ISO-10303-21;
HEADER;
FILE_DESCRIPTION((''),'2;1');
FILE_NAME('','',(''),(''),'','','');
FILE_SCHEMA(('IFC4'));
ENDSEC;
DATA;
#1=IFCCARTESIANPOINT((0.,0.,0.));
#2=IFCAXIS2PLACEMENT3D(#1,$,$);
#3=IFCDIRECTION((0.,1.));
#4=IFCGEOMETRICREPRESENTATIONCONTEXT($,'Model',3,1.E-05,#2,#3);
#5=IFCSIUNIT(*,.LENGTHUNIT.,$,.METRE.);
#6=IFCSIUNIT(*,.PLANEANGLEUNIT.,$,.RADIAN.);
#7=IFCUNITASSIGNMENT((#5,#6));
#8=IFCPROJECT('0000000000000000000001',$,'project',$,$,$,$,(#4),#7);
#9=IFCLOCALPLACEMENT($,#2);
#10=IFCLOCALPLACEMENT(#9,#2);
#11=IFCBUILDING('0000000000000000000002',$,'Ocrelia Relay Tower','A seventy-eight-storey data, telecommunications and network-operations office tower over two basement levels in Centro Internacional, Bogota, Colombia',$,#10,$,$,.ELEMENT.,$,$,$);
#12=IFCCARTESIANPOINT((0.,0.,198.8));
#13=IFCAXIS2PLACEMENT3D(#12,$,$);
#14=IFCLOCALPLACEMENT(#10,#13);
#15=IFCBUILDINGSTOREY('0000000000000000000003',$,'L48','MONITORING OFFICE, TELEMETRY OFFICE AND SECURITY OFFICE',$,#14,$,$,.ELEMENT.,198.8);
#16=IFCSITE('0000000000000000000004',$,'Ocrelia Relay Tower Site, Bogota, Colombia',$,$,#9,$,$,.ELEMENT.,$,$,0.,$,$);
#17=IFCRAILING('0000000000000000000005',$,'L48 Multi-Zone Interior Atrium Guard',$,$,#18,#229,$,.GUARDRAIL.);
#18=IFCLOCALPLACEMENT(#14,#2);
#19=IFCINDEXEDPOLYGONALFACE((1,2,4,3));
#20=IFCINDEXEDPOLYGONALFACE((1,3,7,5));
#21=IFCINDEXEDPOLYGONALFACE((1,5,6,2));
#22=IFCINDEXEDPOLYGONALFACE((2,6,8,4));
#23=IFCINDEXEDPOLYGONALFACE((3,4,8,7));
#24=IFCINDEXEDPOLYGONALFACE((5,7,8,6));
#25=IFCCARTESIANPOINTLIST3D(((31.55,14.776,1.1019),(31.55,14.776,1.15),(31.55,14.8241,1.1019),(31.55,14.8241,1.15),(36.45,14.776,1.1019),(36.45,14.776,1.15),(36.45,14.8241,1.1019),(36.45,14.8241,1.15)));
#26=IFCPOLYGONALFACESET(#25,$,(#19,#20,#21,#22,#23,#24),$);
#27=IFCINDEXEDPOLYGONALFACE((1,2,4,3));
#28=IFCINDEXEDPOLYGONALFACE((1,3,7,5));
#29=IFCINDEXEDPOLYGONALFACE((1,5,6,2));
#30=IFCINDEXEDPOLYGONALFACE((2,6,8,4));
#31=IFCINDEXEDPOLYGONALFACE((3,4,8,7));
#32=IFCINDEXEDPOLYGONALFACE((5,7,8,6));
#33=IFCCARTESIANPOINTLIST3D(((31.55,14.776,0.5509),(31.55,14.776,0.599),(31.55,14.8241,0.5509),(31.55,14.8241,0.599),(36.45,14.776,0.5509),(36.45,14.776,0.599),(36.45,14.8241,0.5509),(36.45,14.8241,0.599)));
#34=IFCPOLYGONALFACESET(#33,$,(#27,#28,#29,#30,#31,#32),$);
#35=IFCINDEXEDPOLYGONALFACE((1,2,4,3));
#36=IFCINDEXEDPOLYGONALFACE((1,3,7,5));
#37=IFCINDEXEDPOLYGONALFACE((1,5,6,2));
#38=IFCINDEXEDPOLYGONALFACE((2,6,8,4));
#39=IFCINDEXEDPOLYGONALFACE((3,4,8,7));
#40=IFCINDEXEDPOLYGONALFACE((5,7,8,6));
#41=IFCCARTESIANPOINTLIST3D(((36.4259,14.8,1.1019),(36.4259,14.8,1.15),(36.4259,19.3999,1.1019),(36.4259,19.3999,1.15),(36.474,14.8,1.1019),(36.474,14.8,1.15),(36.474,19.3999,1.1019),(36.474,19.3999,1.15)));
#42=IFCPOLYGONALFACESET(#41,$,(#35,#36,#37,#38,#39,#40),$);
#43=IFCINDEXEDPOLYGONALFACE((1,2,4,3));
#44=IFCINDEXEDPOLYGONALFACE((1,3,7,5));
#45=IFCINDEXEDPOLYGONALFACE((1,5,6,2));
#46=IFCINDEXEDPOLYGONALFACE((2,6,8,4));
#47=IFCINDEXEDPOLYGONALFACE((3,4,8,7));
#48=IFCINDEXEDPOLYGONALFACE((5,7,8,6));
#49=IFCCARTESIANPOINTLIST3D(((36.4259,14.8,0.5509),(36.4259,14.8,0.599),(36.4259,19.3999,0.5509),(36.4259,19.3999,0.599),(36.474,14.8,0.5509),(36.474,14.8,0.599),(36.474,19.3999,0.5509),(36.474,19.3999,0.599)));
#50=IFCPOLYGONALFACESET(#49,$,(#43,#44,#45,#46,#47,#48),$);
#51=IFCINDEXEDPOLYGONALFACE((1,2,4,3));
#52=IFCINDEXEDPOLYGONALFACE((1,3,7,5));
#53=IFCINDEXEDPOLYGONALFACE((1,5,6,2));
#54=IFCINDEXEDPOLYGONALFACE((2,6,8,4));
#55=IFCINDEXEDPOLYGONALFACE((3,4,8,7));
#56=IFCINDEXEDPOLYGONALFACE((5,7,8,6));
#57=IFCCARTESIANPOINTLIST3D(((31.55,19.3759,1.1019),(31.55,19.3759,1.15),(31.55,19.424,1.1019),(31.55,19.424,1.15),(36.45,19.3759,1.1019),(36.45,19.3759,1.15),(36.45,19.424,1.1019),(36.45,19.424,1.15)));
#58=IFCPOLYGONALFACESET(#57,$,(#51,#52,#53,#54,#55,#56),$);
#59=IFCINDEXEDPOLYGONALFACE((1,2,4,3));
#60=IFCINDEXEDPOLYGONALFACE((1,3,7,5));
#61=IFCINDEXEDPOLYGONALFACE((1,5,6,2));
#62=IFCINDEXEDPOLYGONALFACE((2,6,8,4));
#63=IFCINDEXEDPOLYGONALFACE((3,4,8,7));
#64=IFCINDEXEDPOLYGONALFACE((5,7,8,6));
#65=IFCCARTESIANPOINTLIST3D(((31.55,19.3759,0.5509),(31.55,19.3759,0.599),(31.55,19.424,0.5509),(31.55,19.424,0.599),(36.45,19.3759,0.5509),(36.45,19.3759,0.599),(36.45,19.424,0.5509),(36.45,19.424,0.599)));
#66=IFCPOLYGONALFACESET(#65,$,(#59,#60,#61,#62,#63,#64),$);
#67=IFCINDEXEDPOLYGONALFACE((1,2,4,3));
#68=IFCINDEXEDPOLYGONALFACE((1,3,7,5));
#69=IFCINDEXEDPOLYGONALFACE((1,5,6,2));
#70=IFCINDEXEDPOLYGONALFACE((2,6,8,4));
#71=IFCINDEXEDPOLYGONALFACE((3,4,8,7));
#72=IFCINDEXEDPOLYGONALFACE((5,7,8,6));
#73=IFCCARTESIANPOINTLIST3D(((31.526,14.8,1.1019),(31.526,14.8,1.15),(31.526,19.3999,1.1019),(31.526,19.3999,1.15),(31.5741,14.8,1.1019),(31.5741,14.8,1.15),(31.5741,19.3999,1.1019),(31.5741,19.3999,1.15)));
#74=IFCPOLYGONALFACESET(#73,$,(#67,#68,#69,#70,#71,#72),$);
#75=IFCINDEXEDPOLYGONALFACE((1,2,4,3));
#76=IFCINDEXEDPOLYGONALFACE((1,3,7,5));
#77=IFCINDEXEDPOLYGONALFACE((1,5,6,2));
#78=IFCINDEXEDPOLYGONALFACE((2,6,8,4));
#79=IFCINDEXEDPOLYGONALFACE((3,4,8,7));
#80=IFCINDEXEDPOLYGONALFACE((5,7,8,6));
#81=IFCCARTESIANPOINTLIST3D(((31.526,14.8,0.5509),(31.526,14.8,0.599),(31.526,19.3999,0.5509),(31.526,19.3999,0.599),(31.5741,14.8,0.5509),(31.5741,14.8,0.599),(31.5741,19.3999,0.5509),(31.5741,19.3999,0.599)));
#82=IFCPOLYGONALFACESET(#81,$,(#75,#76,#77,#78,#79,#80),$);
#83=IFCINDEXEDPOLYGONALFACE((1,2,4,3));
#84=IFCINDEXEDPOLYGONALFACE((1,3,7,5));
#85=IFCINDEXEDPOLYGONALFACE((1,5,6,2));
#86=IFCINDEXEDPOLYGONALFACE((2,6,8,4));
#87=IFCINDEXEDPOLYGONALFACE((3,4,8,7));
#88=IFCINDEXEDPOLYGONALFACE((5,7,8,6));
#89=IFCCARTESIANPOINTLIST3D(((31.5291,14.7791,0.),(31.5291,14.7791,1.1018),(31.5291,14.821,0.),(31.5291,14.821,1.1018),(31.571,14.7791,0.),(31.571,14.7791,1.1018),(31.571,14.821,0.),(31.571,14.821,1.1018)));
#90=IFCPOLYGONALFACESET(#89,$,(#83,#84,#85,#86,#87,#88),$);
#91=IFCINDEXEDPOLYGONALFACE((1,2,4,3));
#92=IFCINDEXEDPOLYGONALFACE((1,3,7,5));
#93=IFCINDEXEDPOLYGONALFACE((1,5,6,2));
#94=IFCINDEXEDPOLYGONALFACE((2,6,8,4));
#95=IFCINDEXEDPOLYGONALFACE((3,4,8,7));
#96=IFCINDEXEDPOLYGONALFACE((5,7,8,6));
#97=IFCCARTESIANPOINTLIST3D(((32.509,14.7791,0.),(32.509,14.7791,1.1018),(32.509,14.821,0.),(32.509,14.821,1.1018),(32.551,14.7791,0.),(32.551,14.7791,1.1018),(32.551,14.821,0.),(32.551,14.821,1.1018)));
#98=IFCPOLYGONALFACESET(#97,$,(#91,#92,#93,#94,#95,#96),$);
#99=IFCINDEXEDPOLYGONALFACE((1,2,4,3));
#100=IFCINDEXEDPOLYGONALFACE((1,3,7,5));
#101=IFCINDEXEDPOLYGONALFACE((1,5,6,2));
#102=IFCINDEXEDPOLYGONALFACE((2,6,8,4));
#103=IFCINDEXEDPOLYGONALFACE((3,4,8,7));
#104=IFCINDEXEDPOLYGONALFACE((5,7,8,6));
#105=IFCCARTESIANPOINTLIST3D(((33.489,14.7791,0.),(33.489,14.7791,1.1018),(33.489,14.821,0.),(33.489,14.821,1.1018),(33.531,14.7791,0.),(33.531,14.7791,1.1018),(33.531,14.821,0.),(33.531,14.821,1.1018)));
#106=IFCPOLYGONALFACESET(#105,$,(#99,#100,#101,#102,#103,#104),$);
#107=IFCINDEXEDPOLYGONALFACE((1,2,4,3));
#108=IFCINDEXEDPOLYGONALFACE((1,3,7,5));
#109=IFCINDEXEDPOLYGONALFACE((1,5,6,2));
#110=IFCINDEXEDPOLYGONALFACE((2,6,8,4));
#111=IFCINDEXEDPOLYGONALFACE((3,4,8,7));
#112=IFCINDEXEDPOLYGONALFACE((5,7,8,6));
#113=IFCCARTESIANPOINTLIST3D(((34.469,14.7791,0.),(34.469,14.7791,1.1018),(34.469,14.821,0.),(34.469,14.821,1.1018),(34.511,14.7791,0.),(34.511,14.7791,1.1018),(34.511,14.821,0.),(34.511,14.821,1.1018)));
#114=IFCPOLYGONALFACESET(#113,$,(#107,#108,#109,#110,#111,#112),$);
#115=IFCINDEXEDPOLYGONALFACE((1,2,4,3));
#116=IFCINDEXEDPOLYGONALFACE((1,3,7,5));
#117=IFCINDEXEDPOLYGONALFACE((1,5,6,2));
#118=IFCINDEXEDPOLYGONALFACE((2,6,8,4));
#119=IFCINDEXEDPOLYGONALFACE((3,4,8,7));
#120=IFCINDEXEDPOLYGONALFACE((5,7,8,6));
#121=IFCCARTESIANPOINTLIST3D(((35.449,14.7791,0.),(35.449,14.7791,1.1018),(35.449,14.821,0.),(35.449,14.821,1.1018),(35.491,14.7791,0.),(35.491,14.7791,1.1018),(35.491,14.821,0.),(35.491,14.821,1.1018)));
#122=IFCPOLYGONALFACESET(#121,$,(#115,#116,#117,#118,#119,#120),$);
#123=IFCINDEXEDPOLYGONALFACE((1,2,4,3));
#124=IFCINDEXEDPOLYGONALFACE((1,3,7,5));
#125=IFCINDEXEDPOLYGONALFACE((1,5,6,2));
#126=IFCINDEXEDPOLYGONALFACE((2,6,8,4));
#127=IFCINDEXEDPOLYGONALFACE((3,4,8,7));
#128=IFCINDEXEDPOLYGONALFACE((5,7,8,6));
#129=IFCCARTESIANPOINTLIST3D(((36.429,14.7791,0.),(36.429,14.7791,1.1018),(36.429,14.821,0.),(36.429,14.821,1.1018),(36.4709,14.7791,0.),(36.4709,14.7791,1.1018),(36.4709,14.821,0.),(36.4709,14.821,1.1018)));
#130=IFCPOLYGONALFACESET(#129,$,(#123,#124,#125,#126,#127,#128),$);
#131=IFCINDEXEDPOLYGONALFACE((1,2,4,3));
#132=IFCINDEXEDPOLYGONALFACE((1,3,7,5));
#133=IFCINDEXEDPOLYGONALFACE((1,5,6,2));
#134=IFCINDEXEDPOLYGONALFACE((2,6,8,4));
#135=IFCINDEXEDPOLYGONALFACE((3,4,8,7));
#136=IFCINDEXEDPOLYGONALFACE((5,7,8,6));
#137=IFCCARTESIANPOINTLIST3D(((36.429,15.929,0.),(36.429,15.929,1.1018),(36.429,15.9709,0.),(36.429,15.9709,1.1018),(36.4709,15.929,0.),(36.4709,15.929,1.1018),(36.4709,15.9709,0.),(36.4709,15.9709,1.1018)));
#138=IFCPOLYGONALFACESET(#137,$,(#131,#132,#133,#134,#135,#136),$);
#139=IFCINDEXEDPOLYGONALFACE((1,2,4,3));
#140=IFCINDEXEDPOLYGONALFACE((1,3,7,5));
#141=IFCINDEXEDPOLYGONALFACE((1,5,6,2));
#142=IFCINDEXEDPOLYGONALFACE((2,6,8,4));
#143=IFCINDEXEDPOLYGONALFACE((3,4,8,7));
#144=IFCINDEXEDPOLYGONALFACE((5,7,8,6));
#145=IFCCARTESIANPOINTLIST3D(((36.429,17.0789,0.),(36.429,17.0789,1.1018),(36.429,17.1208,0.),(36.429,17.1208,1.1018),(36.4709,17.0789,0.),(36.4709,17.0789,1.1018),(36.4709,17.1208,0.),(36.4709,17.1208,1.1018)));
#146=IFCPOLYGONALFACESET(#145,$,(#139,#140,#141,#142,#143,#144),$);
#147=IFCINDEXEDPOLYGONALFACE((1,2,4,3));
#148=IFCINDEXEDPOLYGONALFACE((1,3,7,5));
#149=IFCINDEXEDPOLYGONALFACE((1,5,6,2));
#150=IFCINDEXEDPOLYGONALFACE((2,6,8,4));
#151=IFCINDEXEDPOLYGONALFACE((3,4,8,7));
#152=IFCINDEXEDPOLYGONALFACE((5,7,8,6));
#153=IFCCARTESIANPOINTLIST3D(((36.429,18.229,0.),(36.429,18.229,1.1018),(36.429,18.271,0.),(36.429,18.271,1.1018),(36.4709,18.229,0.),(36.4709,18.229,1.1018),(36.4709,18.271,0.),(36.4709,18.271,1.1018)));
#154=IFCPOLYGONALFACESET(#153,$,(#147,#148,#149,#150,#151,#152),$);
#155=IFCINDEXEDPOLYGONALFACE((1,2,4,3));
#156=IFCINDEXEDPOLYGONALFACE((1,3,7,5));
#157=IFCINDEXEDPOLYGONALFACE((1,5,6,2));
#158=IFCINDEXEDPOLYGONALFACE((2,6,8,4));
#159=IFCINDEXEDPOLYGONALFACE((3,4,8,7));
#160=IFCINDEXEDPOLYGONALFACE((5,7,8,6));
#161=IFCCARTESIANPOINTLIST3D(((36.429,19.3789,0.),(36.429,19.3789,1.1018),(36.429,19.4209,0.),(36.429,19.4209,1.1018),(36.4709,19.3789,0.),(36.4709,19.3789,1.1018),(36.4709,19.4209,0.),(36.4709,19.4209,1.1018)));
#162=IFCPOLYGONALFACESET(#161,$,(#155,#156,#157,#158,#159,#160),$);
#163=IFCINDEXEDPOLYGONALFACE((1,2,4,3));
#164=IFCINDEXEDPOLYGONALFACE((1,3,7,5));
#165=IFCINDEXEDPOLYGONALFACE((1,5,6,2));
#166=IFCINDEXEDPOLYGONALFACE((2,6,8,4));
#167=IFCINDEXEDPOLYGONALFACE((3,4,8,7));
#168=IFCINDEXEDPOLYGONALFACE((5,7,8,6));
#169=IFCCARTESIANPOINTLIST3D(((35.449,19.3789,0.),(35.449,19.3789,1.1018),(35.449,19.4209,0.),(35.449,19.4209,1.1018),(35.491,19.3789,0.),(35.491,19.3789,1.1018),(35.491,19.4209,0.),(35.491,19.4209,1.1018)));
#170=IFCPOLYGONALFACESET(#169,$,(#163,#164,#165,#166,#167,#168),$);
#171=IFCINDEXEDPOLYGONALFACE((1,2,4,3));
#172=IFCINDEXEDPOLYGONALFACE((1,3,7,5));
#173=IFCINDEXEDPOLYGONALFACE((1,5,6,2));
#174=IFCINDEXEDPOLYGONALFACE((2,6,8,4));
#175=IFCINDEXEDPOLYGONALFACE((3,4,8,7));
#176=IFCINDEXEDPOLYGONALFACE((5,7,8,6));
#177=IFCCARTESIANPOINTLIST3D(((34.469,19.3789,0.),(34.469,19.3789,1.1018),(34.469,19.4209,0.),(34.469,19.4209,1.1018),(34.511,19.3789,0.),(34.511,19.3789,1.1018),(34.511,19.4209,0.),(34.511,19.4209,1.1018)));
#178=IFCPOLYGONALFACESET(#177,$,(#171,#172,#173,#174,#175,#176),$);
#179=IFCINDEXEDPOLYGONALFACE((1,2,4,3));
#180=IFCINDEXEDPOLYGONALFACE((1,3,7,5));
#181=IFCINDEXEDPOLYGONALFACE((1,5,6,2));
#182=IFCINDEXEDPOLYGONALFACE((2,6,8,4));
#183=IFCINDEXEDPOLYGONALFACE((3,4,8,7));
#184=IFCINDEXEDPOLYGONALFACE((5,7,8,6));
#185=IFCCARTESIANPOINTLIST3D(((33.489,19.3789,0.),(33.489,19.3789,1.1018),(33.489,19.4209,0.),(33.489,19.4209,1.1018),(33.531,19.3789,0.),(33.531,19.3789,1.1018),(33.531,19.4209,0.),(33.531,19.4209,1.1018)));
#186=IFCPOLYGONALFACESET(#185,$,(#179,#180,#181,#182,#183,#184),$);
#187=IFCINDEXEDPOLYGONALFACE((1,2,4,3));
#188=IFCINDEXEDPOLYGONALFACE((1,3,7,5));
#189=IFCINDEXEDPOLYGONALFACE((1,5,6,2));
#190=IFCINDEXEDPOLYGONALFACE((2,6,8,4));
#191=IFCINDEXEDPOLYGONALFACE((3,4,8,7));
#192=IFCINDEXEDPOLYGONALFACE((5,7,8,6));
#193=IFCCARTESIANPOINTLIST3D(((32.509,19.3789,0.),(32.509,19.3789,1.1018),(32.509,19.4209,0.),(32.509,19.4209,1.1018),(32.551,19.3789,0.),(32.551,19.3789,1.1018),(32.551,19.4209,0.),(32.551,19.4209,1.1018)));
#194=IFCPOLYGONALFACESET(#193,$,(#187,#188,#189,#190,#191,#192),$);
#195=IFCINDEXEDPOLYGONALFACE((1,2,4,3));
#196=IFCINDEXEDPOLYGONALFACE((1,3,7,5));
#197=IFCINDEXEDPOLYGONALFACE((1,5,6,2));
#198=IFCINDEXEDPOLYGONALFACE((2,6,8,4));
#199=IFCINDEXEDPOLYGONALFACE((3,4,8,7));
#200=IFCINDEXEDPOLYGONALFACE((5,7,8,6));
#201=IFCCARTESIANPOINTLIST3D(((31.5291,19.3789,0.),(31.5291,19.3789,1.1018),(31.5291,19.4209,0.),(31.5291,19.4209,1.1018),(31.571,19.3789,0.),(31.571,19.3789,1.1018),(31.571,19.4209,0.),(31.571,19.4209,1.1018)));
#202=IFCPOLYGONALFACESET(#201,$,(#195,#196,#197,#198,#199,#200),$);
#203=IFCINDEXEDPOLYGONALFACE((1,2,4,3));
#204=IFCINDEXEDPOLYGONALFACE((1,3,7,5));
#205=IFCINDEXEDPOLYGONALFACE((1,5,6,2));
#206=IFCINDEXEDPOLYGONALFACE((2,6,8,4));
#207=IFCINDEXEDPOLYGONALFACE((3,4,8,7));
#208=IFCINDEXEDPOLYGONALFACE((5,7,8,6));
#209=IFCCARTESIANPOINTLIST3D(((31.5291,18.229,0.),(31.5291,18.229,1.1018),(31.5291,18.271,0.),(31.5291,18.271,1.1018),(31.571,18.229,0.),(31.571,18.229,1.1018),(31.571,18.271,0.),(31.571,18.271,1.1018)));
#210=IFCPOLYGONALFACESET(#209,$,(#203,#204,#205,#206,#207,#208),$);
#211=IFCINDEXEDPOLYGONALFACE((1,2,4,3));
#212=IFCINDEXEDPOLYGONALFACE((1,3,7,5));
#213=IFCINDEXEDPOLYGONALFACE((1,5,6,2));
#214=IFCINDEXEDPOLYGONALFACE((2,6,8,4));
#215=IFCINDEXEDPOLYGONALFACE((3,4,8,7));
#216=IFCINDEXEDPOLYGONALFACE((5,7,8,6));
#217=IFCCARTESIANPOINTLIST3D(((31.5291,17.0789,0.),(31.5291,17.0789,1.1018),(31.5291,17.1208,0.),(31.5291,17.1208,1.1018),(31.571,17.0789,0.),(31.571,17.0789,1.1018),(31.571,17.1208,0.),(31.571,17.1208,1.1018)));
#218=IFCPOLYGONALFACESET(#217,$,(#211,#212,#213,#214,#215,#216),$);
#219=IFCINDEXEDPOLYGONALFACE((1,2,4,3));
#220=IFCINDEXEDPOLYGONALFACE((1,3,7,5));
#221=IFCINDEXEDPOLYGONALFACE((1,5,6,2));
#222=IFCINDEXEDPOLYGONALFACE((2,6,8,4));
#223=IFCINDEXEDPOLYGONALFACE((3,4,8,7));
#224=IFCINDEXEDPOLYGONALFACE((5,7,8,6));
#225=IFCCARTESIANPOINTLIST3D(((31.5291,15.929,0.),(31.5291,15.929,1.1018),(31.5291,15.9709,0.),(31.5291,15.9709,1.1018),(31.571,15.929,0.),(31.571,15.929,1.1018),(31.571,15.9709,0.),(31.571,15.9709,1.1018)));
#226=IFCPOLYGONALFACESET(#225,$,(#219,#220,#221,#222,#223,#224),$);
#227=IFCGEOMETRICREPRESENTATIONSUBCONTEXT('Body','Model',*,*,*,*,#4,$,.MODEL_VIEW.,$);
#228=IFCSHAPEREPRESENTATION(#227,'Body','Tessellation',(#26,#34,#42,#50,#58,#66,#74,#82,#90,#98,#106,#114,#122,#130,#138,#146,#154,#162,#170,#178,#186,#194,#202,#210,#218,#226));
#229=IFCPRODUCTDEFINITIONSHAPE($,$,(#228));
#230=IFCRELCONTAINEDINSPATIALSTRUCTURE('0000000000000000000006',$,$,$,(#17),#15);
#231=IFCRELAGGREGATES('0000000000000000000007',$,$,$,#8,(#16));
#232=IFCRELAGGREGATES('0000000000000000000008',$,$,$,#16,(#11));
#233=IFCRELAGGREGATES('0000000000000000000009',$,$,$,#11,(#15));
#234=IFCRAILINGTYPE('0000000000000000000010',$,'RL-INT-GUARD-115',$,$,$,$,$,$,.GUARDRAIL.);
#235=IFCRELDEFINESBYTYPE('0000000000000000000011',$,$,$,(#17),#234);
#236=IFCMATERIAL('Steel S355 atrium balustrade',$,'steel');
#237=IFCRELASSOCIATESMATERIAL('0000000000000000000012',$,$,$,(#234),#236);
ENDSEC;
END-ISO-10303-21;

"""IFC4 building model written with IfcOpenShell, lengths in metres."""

from ifc_helpers import new_model, si_unit, direction, frame, origin, origin_2d, place, context, subcontext, project, spatial, rectangle, extrude, material, type_object, element, save


model = new_model("IFC4")

# Units and contexts
model_context = context("Model", 3, precision=1e-05, world=origin(), true_north=direction((0.0, 1.0)))
body_context = subcontext(model_context, "Body", "Model", "MODEL_VIEW")
ifc_project = project(units=[si_unit("LENGTHUNIT", "METRE"), si_unit("PLANEANGLEUNIT", "RADIAN")], contexts=[model_context])

# Site, building, storey
site_placement = place(None, origin())
site = spatial("IfcSite", under=ifc_project, at=site_placement, Name="Ocrelia Relay Tower Site, Bogota, Colombia", CompositionType="ELEMENT", RefElevation=0.0)
building_placement = place(site_placement, origin())
building = spatial("IfcBuilding", under=site, at=building_placement, Name="Ocrelia Relay Tower", Description="A seventy-eight-storey data, telecommunications and network-operations office tower over two basement levels in Centro Internacional, Bogota, Colombia", CompositionType="ELEMENT")
storey_placement = place(building_placement, frame((0.0, 0.0, 198.8)))
storey = spatial("IfcBuildingStorey", under=building, at=storey_placement, Name="L48", Description="MONITORING OFFICE, TELEMETRY OFFICE AND SECURITY OFFICE", CompositionType="ELEMENT", Elevation=198.8)

# Railing
ifc_material_1 = material(Name="Steel S355 atrium balustrade", Category="steel")
railing_type_1 = type_object("IfcRailingType", Name="RL-INT-GUARD-115", PredefinedType="GUARDRAIL", material=ifc_material_1)
railing_1_placement = place(storey_placement, frame((31.55, 14.8, 0.0)))
element("IfcRailing", 1, at=railing_1_placement, inside=storey, type_object=railing_type_1, Name="L48 Multi-Zone Interior Atrium Guard", PredefinedType="GUARDRAIL", context=body_context, shape_type="SweptSolid", body=[
    extrude(rectangle(XDim=0.0481, YDim=0.0481, at=origin_2d()), frame((0.0, 0.0, 1.126), z_axis=(1.0, 0.0, 0.0), x_axis=(0.0, 1.0, 0.0)), (0.0, 0.0, 1.0), 4.8999),
    extrude(rectangle(XDim=0.0481, YDim=0.0481, at=origin_2d()), frame((0.0, 0.0, 0.575), z_axis=(1.0, 0.0, 0.0), x_axis=(0.0, 1.0, 0.0)), (0.0, 0.0, 1.0), 4.8999),
    extrude(rectangle(XDim=0.0481, YDim=0.0481, at=origin_2d()), frame((4.8999, 0.0, 1.126), z_axis=(0.0, 1.0, 0.0), x_axis=(-1.0, 0.0, 0.0)), (0.0, 0.0, 1.0), 4.5999),
    extrude(rectangle(XDim=0.0481, YDim=0.0481, at=origin_2d()), frame((4.8999, 0.0, 0.575), z_axis=(0.0, 1.0, 0.0), x_axis=(-1.0, 0.0, 0.0)), (0.0, 0.0, 1.0), 4.5999),
    extrude(rectangle(XDim=0.0481, YDim=0.0481, at=origin_2d()), frame((4.8999, 4.5999, 1.126), z_axis=(-1.0, 0.0, 0.0), x_axis=(0.0, -1.0, 0.0)), (0.0, 0.0, 1.0), 4.8999),
    extrude(rectangle(XDim=0.0481, YDim=0.0481, at=origin_2d()), frame((4.8999, 4.5999, 0.575), z_axis=(-1.0, 0.0, 0.0), x_axis=(0.0, -1.0, 0.0)), (0.0, 0.0, 1.0), 4.8999),
    extrude(rectangle(XDim=0.0481, YDim=0.0481, at=origin_2d()), frame((0.0, 4.5999, 1.126), z_axis=(0.0, -1.0, 0.0), x_axis=(1.0, 0.0, 0.0)), (0.0, 0.0, 1.0), 4.5999),
    extrude(rectangle(XDim=0.0481, YDim=0.0481, at=origin_2d()), frame((0.0, 4.5999, 0.575), z_axis=(0.0, -1.0, 0.0), x_axis=(1.0, 0.0, 0.0)), (0.0, 0.0, 1.0), 4.5999),
    extrude(rectangle(XDim=0.042, YDim=0.042, at=origin_2d()), origin(), (0.0, 0.0, 1.0), 1.1018),
    extrude(rectangle(XDim=0.042, YDim=0.042, at=origin_2d()), frame((0.98, 0.0, 0.0)), (0.0, 0.0, 1.0), 1.1018),
    extrude(rectangle(XDim=0.042, YDim=0.042, at=origin_2d()), frame((1.96, 0.0, 0.0)), (0.0, 0.0, 1.0), 1.1018),
    extrude(rectangle(XDim=0.042, YDim=0.042, at=origin_2d()), frame((2.9399, 0.0, 0.0)), (0.0, 0.0, 1.0), 1.1018),
    extrude(rectangle(XDim=0.042, YDim=0.042, at=origin_2d()), frame((3.9199, 0.0, 0.0)), (0.0, 0.0, 1.0), 1.1018),
    extrude(rectangle(XDim=0.042, YDim=0.042, at=origin_2d()), frame((4.8999, 0.0, 0.0)), (0.0, 0.0, 1.0), 1.1018),
    extrude(rectangle(XDim=0.042, YDim=0.042, at=origin_2d()), frame((4.8999, 1.1499, 0.0)), (0.0, 0.0, 1.0), 1.1018),
    extrude(rectangle(XDim=0.042, YDim=0.042, at=origin_2d()), frame((4.8999, 2.2998, 0.0)), (0.0, 0.0, 1.0), 1.1018),
    extrude(rectangle(XDim=0.042, YDim=0.042, at=origin_2d()), frame((4.8999, 3.45, 0.0)), (0.0, 0.0, 1.0), 1.1018),
    extrude(rectangle(XDim=0.042, YDim=0.042, at=origin_2d()), frame((4.8999, 4.5999, 0.0)), (0.0, 0.0, 1.0), 1.1018),
    extrude(rectangle(XDim=0.042, YDim=0.042, at=origin_2d()), frame((3.9199, 4.5999, 0.0)), (0.0, 0.0, 1.0), 1.1018),
    extrude(rectangle(XDim=0.042, YDim=0.042, at=origin_2d()), frame((2.9399, 4.5999, 0.0)), (0.0, 0.0, 1.0), 1.1018),
    extrude(rectangle(XDim=0.042, YDim=0.042, at=origin_2d()), frame((1.96, 4.5999, 0.0)), (0.0, 0.0, 1.0), 1.1018),
    extrude(rectangle(XDim=0.042, YDim=0.042, at=origin_2d()), frame((0.98, 4.5999, 0.0)), (0.0, 0.0, 1.0), 1.1018),
    extrude(rectangle(XDim=0.042, YDim=0.042, at=origin_2d()), frame((0.0, 4.5999, 0.0)), (0.0, 0.0, 1.0), 1.1018),
    extrude(rectangle(XDim=0.042, YDim=0.042, at=origin_2d()), frame((0.0, 3.45, 0.0)), (0.0, 0.0, 1.0), 1.1018),
    extrude(rectangle(XDim=0.042, YDim=0.042, at=origin_2d()), frame((0.0, 2.2998, 0.0)), (0.0, 0.0, 1.0), 1.1018),
    extrude(rectangle(XDim=0.042, YDim=0.042, at=origin_2d()), frame((0.0, 1.1499, 0.0)), (0.0, 0.0, 1.0), 1.1018),
])

save(model, "model.ifc")
